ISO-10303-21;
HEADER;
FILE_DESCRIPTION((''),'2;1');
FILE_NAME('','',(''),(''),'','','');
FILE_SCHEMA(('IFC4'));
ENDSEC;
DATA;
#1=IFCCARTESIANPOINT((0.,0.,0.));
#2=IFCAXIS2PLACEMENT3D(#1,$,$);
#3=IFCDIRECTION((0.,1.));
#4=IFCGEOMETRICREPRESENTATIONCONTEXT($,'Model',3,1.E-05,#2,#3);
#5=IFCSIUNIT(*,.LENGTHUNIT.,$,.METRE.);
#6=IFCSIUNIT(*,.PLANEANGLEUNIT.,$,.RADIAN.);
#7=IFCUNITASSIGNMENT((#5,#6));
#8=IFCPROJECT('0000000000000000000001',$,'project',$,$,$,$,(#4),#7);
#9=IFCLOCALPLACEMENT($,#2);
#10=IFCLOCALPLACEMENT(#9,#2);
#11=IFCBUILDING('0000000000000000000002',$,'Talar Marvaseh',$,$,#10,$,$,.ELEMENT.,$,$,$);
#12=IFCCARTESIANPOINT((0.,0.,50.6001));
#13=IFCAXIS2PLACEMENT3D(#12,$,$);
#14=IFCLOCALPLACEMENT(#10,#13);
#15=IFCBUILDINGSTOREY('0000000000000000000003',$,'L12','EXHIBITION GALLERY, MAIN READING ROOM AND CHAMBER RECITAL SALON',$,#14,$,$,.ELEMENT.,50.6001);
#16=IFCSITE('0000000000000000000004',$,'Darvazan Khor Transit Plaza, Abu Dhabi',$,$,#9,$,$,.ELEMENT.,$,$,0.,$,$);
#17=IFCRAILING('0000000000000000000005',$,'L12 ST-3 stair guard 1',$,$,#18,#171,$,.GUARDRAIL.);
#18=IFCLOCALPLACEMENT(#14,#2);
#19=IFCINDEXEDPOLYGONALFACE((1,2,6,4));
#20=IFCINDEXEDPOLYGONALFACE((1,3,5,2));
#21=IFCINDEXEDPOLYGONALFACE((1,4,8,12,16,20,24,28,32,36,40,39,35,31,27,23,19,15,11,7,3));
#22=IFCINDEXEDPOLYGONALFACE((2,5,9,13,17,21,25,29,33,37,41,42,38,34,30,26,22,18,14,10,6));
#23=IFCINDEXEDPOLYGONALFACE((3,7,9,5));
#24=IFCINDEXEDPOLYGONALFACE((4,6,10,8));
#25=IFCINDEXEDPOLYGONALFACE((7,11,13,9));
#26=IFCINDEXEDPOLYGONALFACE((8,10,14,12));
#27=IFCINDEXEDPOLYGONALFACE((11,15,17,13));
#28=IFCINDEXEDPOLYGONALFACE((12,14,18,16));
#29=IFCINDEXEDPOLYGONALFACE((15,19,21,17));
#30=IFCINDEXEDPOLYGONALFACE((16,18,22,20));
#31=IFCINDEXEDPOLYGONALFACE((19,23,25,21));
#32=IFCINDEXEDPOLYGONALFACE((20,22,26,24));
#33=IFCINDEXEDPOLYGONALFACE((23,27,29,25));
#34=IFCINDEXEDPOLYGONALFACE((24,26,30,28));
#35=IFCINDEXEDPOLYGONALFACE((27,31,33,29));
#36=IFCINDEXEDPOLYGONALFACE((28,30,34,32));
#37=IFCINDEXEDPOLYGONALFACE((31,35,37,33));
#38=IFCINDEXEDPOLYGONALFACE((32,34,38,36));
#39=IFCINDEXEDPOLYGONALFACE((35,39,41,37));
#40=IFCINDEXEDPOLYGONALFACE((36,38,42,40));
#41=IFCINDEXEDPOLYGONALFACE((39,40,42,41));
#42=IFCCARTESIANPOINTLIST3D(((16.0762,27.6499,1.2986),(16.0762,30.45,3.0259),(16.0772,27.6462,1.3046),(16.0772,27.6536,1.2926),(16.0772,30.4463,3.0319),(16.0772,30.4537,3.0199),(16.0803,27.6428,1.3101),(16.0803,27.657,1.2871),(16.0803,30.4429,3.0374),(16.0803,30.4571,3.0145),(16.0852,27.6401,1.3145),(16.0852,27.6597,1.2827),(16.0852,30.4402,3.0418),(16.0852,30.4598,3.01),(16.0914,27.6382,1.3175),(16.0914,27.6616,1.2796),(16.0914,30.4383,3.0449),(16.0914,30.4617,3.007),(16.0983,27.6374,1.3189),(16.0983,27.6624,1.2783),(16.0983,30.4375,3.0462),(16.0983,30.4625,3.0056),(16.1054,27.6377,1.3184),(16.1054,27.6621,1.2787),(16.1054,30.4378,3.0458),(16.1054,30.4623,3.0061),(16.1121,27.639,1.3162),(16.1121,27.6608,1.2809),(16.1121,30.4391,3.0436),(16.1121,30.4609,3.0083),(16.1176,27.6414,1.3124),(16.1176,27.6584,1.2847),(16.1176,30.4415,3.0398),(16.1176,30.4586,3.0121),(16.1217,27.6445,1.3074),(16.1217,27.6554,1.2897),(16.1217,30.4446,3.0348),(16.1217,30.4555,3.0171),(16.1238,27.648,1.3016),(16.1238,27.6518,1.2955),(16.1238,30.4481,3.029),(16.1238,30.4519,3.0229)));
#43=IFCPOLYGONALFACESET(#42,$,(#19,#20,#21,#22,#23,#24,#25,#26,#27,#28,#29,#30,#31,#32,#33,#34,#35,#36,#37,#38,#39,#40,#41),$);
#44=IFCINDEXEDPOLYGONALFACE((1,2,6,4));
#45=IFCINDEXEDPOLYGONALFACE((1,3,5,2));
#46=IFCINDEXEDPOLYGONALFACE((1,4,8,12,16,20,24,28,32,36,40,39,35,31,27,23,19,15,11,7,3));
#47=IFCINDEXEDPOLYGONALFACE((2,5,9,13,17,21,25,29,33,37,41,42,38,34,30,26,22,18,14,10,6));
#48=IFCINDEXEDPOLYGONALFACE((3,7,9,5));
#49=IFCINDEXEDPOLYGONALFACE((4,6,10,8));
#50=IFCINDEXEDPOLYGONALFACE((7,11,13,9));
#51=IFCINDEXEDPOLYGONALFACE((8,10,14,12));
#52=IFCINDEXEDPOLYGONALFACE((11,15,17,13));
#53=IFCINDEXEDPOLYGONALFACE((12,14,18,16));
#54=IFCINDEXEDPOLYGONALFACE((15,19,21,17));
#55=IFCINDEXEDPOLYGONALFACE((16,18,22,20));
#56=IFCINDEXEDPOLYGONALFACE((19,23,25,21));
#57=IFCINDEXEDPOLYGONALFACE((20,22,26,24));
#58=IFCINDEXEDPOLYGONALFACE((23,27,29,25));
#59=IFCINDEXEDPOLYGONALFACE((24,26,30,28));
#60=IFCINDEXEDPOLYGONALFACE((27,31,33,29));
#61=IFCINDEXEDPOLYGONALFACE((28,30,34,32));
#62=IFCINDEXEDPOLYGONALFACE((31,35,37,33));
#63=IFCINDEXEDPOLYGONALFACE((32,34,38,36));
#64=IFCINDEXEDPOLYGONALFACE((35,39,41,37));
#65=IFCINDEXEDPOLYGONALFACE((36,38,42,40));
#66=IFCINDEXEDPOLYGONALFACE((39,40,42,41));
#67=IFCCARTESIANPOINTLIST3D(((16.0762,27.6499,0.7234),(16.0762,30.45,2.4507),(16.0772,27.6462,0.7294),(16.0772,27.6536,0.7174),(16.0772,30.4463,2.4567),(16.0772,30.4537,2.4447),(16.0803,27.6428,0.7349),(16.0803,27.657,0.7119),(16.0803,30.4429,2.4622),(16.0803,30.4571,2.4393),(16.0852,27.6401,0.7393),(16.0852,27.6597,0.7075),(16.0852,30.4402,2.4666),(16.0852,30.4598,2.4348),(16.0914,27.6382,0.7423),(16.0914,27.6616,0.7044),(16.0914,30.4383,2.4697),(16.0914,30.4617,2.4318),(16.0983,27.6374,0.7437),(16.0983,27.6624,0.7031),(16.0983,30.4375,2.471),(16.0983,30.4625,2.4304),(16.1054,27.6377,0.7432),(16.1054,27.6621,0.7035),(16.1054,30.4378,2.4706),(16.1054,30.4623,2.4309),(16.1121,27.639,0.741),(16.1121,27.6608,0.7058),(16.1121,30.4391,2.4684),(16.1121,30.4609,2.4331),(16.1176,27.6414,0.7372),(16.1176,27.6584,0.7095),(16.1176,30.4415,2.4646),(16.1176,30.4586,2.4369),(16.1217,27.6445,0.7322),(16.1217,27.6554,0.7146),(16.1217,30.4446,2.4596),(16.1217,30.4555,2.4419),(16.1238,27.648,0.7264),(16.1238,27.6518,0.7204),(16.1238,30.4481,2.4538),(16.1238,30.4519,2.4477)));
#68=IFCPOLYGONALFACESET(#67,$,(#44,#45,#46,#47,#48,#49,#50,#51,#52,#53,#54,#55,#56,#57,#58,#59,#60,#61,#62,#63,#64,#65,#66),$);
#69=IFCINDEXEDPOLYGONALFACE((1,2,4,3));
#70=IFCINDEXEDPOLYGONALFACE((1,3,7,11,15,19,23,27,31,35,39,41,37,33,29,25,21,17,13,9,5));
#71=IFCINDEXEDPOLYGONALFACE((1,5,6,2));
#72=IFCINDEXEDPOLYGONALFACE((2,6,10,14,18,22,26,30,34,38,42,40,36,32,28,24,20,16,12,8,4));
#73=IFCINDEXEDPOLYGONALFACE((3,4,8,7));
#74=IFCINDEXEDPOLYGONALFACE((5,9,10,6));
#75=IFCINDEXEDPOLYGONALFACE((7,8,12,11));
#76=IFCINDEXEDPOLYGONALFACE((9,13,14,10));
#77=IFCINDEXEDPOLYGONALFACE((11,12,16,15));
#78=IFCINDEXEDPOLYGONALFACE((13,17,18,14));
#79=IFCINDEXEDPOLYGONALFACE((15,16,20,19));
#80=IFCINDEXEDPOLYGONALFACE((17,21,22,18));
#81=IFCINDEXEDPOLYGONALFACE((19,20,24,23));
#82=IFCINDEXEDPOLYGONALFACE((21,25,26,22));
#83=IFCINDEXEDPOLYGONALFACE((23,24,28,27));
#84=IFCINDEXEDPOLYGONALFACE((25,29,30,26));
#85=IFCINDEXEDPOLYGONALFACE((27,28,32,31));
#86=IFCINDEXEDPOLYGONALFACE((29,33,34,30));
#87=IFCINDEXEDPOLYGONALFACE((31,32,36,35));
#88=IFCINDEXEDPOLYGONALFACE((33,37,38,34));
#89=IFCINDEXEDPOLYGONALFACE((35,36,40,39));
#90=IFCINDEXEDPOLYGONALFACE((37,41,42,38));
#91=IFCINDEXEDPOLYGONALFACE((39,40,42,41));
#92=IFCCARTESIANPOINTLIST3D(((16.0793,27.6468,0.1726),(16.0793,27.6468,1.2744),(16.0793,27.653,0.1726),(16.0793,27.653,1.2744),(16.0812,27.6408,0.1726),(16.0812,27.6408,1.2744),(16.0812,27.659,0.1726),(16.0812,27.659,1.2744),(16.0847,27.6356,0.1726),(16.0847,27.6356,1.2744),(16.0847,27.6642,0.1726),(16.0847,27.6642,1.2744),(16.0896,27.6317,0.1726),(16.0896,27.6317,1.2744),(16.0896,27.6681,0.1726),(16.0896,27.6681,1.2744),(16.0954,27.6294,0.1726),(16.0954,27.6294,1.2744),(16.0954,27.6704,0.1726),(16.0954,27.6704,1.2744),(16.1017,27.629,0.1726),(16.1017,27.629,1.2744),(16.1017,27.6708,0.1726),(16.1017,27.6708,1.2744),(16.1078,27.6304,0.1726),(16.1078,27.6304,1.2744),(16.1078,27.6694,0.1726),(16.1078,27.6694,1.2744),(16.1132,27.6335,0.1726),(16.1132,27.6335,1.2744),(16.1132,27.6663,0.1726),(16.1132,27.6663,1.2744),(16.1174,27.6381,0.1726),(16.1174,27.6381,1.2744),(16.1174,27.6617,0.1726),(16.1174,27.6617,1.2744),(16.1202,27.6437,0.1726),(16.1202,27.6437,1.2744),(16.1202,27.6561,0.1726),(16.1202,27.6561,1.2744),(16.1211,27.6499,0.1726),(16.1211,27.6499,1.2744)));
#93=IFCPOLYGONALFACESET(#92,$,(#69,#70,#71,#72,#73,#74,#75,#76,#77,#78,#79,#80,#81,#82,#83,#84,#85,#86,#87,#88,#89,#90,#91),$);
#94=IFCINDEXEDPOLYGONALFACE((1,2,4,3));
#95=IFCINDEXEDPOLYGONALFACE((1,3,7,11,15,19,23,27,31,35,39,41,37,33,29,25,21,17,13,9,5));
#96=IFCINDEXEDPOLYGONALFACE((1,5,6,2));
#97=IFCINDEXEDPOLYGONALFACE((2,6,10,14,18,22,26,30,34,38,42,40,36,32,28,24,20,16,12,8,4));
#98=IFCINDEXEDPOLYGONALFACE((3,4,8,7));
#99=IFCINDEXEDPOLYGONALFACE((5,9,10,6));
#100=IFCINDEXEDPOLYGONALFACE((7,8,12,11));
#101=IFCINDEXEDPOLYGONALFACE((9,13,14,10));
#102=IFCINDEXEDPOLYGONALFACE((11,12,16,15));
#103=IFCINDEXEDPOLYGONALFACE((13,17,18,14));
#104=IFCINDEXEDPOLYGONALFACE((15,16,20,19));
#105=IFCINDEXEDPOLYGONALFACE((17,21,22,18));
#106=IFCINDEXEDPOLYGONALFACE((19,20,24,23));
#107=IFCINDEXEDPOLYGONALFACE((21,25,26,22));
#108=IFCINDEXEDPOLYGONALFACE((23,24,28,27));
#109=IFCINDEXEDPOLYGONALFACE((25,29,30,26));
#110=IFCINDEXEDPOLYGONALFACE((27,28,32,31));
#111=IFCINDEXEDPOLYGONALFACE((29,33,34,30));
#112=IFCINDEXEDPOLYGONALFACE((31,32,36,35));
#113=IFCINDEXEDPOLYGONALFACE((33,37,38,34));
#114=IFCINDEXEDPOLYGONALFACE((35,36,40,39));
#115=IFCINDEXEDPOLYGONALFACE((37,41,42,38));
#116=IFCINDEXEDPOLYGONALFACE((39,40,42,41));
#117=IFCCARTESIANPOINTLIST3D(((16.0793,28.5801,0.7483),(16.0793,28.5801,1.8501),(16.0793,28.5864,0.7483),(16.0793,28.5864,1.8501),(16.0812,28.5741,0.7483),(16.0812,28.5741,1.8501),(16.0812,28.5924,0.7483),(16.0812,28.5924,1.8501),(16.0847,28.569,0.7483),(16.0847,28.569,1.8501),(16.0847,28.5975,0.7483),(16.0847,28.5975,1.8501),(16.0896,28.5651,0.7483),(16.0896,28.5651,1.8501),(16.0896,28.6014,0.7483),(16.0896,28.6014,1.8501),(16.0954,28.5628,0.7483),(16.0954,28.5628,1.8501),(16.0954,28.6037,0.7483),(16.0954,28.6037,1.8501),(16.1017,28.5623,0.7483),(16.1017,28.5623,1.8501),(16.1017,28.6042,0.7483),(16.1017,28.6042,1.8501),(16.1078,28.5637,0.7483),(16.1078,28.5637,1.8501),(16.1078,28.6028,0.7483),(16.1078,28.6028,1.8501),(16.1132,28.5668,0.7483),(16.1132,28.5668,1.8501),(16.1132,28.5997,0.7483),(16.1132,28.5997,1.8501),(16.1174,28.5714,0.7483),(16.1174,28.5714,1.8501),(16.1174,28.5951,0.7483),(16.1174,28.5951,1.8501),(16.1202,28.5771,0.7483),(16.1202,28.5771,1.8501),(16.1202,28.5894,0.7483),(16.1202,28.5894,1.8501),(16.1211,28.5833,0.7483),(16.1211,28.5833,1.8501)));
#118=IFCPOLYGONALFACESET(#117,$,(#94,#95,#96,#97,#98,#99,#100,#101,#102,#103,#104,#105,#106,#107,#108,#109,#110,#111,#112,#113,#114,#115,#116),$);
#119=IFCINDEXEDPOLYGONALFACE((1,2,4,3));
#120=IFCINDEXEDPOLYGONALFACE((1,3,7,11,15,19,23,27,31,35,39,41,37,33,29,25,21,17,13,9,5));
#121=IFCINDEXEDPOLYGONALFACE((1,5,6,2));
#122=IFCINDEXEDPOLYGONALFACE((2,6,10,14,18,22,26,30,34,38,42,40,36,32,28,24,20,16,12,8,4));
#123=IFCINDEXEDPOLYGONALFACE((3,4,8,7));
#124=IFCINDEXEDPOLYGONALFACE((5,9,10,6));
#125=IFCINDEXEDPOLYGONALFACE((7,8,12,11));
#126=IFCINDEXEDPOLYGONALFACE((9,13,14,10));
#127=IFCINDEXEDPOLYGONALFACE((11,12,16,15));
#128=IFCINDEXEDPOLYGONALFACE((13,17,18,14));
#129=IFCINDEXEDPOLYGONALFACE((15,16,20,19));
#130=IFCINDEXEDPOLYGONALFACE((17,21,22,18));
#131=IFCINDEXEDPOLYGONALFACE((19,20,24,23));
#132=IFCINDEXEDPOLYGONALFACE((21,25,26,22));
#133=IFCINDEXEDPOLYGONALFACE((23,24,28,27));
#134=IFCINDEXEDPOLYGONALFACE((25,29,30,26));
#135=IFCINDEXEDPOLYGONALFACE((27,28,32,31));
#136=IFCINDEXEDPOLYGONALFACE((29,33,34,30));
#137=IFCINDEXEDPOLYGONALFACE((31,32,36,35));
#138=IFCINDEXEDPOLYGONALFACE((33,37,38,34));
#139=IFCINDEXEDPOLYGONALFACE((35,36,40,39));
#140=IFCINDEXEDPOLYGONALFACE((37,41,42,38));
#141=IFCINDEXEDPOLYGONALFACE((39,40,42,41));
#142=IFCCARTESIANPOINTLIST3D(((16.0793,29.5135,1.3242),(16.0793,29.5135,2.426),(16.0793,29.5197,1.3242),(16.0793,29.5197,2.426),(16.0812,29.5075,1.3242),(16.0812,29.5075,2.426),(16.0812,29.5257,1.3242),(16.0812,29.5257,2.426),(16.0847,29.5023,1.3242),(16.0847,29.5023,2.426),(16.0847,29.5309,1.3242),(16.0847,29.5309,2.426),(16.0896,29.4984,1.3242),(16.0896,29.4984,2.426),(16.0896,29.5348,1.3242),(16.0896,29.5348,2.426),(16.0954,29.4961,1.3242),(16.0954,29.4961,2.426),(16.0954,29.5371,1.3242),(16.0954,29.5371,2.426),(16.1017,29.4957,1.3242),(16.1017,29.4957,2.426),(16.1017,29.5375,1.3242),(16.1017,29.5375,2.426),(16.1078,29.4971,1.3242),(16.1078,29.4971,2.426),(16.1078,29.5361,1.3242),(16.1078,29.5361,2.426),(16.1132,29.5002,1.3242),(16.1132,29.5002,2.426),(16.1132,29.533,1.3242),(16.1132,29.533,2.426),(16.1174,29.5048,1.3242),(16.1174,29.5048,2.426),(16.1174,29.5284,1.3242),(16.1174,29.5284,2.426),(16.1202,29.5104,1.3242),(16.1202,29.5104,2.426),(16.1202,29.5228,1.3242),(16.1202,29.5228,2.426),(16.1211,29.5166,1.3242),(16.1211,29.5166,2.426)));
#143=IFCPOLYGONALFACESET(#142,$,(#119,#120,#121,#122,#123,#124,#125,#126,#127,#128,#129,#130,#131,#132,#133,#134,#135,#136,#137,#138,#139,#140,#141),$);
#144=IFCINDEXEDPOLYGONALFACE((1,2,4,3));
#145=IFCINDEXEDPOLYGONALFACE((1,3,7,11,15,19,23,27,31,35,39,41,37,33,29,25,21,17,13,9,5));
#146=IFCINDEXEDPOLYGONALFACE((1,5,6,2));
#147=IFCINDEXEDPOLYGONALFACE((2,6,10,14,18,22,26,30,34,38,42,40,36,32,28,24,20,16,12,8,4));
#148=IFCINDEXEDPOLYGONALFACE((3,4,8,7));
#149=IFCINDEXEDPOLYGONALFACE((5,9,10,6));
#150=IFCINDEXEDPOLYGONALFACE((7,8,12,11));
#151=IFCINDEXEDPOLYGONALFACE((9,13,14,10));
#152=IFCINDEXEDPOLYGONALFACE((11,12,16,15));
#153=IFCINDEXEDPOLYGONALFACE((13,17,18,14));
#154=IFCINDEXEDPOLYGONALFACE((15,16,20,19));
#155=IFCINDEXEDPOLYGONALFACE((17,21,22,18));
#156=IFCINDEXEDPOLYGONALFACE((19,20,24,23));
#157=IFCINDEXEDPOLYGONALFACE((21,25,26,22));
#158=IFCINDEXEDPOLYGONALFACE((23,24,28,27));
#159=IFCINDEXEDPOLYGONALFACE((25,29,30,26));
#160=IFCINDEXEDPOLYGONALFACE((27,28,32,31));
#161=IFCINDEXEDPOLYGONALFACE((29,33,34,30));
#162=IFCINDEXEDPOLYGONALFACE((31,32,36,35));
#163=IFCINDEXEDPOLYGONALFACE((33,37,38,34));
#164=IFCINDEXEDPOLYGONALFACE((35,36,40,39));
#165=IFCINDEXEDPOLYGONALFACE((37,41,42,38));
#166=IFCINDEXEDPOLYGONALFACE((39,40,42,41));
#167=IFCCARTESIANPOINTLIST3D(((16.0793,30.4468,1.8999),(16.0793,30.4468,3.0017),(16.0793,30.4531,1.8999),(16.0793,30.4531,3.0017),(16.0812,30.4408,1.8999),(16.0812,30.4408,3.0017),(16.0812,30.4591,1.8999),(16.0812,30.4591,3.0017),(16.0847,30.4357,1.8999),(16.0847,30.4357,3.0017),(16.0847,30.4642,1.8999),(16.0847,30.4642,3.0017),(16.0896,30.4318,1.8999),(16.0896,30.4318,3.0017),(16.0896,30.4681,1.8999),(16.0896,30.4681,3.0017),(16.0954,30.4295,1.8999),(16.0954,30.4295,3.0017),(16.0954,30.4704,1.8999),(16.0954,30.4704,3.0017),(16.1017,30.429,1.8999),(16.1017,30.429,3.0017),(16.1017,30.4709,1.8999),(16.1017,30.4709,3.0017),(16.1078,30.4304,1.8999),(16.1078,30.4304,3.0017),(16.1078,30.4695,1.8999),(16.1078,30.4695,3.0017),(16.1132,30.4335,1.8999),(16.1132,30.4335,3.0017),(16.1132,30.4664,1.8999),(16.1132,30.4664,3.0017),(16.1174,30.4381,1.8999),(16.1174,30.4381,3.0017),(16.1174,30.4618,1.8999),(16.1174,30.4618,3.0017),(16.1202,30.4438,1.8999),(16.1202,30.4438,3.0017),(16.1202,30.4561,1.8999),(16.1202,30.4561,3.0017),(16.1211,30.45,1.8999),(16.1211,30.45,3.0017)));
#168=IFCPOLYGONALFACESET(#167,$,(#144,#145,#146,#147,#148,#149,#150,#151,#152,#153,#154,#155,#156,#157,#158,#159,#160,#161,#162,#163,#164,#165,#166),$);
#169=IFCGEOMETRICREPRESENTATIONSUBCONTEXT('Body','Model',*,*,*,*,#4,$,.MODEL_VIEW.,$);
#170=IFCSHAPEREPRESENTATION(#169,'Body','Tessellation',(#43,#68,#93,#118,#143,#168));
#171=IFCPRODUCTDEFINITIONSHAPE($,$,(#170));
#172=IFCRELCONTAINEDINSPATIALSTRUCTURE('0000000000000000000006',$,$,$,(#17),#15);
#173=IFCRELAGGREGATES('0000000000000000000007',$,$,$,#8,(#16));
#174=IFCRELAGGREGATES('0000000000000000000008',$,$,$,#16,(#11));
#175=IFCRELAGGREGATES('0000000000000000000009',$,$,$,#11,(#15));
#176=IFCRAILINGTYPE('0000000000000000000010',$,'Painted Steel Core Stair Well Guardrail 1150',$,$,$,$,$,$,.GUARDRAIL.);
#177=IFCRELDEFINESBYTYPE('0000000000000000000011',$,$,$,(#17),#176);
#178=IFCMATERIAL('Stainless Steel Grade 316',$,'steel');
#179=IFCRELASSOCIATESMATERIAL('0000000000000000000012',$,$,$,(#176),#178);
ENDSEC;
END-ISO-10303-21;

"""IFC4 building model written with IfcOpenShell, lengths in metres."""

from ifc_helpers import new_model, si_unit, direction, frame, origin, origin_2d, place, context, subcontext, project, spatial, circle, extrude, material, type_object, element, save


model = new_model("IFC4")

# Units and contexts
model_context = context("Model", 3, precision=1e-05, world=origin(), true_north=direction((0.0, 1.0)))
body_context = subcontext(model_context, "Body", "Model", "MODEL_VIEW")
ifc_project = project(units=[si_unit("LENGTHUNIT", "METRE"), si_unit("PLANEANGLEUNIT", "RADIAN")], contexts=[model_context])

# Site, building, storey
site_placement = place(None, origin())
site = spatial("IfcSite", under=ifc_project, at=site_placement, Name="Darvazan Khor Transit Plaza, Abu Dhabi", CompositionType="ELEMENT", RefElevation=0.0)
building_placement = place(site_placement, origin())
building = spatial("IfcBuilding", under=site, at=building_placement, Name="Talar Marvaseh", CompositionType="ELEMENT")
storey_placement = place(building_placement, frame((0.0, 0.0, 50.6001)))
storey = spatial("IfcBuildingStorey", under=building, at=storey_placement, Name="L12", Description="EXHIBITION GALLERY, MAIN READING ROOM AND CHAMBER RECITAL SALON", CompositionType="ELEMENT", Elevation=50.6001)

# Railing
ifc_material_1 = material(Name="Stainless Steel Grade 316", Category="steel")
railing_type_1 = type_object("IfcRailingType", Name="Painted Steel Core Stair Well Guardrail 1150", PredefinedType="GUARDRAIL", material=ifc_material_1)
railing_1_placement = place(storey_placement, frame((16.1001, 27.6499, 0.1726)))
element("IfcRailing", 1, at=railing_1_placement, inside=storey, type_object=railing_type_1, Name="L12 ST-3 stair guard 1", PredefinedType="GUARDRAIL", context=body_context, shape_type="SweptSolid", body=[
    extrude(circle(Radius=0.0239, at=origin_2d()), frame((0.0, 0.0, 1.126), z_axis=(0.0, 0.85109, 0.52502), x_axis=(-1.0, 0.0, 0.0)), (0.0, 0.0, 1.0), 3.29),
    extrude(circle(Radius=0.0239, at=origin_2d()), frame((0.0, 0.0, 0.5508), z_axis=(0.0, 0.85109, 0.52502), x_axis=(-1.0, 0.0, 0.0)), (0.0, 0.0, 1.0), 3.29),
    extrude(circle(Radius=0.021, at=origin_2d()), origin(), (0.0, 0.0, 1.0), 1.1018),
    extrude(circle(Radius=0.021, at=origin_2d()), frame((0.0, 0.9333, 0.5757)), (0.0, 0.0, 1.0), 1.1018),
    extrude(circle(Radius=0.021, at=origin_2d()), frame((0.0, 1.8667, 1.1516)), (0.0, 0.0, 1.0), 1.1018),
    extrude(circle(Radius=0.021, at=origin_2d()), frame((0.0, 2.8, 1.7273)), (0.0, 0.0, 1.0), 1.1018),
])

save(model, "model.ifc")
